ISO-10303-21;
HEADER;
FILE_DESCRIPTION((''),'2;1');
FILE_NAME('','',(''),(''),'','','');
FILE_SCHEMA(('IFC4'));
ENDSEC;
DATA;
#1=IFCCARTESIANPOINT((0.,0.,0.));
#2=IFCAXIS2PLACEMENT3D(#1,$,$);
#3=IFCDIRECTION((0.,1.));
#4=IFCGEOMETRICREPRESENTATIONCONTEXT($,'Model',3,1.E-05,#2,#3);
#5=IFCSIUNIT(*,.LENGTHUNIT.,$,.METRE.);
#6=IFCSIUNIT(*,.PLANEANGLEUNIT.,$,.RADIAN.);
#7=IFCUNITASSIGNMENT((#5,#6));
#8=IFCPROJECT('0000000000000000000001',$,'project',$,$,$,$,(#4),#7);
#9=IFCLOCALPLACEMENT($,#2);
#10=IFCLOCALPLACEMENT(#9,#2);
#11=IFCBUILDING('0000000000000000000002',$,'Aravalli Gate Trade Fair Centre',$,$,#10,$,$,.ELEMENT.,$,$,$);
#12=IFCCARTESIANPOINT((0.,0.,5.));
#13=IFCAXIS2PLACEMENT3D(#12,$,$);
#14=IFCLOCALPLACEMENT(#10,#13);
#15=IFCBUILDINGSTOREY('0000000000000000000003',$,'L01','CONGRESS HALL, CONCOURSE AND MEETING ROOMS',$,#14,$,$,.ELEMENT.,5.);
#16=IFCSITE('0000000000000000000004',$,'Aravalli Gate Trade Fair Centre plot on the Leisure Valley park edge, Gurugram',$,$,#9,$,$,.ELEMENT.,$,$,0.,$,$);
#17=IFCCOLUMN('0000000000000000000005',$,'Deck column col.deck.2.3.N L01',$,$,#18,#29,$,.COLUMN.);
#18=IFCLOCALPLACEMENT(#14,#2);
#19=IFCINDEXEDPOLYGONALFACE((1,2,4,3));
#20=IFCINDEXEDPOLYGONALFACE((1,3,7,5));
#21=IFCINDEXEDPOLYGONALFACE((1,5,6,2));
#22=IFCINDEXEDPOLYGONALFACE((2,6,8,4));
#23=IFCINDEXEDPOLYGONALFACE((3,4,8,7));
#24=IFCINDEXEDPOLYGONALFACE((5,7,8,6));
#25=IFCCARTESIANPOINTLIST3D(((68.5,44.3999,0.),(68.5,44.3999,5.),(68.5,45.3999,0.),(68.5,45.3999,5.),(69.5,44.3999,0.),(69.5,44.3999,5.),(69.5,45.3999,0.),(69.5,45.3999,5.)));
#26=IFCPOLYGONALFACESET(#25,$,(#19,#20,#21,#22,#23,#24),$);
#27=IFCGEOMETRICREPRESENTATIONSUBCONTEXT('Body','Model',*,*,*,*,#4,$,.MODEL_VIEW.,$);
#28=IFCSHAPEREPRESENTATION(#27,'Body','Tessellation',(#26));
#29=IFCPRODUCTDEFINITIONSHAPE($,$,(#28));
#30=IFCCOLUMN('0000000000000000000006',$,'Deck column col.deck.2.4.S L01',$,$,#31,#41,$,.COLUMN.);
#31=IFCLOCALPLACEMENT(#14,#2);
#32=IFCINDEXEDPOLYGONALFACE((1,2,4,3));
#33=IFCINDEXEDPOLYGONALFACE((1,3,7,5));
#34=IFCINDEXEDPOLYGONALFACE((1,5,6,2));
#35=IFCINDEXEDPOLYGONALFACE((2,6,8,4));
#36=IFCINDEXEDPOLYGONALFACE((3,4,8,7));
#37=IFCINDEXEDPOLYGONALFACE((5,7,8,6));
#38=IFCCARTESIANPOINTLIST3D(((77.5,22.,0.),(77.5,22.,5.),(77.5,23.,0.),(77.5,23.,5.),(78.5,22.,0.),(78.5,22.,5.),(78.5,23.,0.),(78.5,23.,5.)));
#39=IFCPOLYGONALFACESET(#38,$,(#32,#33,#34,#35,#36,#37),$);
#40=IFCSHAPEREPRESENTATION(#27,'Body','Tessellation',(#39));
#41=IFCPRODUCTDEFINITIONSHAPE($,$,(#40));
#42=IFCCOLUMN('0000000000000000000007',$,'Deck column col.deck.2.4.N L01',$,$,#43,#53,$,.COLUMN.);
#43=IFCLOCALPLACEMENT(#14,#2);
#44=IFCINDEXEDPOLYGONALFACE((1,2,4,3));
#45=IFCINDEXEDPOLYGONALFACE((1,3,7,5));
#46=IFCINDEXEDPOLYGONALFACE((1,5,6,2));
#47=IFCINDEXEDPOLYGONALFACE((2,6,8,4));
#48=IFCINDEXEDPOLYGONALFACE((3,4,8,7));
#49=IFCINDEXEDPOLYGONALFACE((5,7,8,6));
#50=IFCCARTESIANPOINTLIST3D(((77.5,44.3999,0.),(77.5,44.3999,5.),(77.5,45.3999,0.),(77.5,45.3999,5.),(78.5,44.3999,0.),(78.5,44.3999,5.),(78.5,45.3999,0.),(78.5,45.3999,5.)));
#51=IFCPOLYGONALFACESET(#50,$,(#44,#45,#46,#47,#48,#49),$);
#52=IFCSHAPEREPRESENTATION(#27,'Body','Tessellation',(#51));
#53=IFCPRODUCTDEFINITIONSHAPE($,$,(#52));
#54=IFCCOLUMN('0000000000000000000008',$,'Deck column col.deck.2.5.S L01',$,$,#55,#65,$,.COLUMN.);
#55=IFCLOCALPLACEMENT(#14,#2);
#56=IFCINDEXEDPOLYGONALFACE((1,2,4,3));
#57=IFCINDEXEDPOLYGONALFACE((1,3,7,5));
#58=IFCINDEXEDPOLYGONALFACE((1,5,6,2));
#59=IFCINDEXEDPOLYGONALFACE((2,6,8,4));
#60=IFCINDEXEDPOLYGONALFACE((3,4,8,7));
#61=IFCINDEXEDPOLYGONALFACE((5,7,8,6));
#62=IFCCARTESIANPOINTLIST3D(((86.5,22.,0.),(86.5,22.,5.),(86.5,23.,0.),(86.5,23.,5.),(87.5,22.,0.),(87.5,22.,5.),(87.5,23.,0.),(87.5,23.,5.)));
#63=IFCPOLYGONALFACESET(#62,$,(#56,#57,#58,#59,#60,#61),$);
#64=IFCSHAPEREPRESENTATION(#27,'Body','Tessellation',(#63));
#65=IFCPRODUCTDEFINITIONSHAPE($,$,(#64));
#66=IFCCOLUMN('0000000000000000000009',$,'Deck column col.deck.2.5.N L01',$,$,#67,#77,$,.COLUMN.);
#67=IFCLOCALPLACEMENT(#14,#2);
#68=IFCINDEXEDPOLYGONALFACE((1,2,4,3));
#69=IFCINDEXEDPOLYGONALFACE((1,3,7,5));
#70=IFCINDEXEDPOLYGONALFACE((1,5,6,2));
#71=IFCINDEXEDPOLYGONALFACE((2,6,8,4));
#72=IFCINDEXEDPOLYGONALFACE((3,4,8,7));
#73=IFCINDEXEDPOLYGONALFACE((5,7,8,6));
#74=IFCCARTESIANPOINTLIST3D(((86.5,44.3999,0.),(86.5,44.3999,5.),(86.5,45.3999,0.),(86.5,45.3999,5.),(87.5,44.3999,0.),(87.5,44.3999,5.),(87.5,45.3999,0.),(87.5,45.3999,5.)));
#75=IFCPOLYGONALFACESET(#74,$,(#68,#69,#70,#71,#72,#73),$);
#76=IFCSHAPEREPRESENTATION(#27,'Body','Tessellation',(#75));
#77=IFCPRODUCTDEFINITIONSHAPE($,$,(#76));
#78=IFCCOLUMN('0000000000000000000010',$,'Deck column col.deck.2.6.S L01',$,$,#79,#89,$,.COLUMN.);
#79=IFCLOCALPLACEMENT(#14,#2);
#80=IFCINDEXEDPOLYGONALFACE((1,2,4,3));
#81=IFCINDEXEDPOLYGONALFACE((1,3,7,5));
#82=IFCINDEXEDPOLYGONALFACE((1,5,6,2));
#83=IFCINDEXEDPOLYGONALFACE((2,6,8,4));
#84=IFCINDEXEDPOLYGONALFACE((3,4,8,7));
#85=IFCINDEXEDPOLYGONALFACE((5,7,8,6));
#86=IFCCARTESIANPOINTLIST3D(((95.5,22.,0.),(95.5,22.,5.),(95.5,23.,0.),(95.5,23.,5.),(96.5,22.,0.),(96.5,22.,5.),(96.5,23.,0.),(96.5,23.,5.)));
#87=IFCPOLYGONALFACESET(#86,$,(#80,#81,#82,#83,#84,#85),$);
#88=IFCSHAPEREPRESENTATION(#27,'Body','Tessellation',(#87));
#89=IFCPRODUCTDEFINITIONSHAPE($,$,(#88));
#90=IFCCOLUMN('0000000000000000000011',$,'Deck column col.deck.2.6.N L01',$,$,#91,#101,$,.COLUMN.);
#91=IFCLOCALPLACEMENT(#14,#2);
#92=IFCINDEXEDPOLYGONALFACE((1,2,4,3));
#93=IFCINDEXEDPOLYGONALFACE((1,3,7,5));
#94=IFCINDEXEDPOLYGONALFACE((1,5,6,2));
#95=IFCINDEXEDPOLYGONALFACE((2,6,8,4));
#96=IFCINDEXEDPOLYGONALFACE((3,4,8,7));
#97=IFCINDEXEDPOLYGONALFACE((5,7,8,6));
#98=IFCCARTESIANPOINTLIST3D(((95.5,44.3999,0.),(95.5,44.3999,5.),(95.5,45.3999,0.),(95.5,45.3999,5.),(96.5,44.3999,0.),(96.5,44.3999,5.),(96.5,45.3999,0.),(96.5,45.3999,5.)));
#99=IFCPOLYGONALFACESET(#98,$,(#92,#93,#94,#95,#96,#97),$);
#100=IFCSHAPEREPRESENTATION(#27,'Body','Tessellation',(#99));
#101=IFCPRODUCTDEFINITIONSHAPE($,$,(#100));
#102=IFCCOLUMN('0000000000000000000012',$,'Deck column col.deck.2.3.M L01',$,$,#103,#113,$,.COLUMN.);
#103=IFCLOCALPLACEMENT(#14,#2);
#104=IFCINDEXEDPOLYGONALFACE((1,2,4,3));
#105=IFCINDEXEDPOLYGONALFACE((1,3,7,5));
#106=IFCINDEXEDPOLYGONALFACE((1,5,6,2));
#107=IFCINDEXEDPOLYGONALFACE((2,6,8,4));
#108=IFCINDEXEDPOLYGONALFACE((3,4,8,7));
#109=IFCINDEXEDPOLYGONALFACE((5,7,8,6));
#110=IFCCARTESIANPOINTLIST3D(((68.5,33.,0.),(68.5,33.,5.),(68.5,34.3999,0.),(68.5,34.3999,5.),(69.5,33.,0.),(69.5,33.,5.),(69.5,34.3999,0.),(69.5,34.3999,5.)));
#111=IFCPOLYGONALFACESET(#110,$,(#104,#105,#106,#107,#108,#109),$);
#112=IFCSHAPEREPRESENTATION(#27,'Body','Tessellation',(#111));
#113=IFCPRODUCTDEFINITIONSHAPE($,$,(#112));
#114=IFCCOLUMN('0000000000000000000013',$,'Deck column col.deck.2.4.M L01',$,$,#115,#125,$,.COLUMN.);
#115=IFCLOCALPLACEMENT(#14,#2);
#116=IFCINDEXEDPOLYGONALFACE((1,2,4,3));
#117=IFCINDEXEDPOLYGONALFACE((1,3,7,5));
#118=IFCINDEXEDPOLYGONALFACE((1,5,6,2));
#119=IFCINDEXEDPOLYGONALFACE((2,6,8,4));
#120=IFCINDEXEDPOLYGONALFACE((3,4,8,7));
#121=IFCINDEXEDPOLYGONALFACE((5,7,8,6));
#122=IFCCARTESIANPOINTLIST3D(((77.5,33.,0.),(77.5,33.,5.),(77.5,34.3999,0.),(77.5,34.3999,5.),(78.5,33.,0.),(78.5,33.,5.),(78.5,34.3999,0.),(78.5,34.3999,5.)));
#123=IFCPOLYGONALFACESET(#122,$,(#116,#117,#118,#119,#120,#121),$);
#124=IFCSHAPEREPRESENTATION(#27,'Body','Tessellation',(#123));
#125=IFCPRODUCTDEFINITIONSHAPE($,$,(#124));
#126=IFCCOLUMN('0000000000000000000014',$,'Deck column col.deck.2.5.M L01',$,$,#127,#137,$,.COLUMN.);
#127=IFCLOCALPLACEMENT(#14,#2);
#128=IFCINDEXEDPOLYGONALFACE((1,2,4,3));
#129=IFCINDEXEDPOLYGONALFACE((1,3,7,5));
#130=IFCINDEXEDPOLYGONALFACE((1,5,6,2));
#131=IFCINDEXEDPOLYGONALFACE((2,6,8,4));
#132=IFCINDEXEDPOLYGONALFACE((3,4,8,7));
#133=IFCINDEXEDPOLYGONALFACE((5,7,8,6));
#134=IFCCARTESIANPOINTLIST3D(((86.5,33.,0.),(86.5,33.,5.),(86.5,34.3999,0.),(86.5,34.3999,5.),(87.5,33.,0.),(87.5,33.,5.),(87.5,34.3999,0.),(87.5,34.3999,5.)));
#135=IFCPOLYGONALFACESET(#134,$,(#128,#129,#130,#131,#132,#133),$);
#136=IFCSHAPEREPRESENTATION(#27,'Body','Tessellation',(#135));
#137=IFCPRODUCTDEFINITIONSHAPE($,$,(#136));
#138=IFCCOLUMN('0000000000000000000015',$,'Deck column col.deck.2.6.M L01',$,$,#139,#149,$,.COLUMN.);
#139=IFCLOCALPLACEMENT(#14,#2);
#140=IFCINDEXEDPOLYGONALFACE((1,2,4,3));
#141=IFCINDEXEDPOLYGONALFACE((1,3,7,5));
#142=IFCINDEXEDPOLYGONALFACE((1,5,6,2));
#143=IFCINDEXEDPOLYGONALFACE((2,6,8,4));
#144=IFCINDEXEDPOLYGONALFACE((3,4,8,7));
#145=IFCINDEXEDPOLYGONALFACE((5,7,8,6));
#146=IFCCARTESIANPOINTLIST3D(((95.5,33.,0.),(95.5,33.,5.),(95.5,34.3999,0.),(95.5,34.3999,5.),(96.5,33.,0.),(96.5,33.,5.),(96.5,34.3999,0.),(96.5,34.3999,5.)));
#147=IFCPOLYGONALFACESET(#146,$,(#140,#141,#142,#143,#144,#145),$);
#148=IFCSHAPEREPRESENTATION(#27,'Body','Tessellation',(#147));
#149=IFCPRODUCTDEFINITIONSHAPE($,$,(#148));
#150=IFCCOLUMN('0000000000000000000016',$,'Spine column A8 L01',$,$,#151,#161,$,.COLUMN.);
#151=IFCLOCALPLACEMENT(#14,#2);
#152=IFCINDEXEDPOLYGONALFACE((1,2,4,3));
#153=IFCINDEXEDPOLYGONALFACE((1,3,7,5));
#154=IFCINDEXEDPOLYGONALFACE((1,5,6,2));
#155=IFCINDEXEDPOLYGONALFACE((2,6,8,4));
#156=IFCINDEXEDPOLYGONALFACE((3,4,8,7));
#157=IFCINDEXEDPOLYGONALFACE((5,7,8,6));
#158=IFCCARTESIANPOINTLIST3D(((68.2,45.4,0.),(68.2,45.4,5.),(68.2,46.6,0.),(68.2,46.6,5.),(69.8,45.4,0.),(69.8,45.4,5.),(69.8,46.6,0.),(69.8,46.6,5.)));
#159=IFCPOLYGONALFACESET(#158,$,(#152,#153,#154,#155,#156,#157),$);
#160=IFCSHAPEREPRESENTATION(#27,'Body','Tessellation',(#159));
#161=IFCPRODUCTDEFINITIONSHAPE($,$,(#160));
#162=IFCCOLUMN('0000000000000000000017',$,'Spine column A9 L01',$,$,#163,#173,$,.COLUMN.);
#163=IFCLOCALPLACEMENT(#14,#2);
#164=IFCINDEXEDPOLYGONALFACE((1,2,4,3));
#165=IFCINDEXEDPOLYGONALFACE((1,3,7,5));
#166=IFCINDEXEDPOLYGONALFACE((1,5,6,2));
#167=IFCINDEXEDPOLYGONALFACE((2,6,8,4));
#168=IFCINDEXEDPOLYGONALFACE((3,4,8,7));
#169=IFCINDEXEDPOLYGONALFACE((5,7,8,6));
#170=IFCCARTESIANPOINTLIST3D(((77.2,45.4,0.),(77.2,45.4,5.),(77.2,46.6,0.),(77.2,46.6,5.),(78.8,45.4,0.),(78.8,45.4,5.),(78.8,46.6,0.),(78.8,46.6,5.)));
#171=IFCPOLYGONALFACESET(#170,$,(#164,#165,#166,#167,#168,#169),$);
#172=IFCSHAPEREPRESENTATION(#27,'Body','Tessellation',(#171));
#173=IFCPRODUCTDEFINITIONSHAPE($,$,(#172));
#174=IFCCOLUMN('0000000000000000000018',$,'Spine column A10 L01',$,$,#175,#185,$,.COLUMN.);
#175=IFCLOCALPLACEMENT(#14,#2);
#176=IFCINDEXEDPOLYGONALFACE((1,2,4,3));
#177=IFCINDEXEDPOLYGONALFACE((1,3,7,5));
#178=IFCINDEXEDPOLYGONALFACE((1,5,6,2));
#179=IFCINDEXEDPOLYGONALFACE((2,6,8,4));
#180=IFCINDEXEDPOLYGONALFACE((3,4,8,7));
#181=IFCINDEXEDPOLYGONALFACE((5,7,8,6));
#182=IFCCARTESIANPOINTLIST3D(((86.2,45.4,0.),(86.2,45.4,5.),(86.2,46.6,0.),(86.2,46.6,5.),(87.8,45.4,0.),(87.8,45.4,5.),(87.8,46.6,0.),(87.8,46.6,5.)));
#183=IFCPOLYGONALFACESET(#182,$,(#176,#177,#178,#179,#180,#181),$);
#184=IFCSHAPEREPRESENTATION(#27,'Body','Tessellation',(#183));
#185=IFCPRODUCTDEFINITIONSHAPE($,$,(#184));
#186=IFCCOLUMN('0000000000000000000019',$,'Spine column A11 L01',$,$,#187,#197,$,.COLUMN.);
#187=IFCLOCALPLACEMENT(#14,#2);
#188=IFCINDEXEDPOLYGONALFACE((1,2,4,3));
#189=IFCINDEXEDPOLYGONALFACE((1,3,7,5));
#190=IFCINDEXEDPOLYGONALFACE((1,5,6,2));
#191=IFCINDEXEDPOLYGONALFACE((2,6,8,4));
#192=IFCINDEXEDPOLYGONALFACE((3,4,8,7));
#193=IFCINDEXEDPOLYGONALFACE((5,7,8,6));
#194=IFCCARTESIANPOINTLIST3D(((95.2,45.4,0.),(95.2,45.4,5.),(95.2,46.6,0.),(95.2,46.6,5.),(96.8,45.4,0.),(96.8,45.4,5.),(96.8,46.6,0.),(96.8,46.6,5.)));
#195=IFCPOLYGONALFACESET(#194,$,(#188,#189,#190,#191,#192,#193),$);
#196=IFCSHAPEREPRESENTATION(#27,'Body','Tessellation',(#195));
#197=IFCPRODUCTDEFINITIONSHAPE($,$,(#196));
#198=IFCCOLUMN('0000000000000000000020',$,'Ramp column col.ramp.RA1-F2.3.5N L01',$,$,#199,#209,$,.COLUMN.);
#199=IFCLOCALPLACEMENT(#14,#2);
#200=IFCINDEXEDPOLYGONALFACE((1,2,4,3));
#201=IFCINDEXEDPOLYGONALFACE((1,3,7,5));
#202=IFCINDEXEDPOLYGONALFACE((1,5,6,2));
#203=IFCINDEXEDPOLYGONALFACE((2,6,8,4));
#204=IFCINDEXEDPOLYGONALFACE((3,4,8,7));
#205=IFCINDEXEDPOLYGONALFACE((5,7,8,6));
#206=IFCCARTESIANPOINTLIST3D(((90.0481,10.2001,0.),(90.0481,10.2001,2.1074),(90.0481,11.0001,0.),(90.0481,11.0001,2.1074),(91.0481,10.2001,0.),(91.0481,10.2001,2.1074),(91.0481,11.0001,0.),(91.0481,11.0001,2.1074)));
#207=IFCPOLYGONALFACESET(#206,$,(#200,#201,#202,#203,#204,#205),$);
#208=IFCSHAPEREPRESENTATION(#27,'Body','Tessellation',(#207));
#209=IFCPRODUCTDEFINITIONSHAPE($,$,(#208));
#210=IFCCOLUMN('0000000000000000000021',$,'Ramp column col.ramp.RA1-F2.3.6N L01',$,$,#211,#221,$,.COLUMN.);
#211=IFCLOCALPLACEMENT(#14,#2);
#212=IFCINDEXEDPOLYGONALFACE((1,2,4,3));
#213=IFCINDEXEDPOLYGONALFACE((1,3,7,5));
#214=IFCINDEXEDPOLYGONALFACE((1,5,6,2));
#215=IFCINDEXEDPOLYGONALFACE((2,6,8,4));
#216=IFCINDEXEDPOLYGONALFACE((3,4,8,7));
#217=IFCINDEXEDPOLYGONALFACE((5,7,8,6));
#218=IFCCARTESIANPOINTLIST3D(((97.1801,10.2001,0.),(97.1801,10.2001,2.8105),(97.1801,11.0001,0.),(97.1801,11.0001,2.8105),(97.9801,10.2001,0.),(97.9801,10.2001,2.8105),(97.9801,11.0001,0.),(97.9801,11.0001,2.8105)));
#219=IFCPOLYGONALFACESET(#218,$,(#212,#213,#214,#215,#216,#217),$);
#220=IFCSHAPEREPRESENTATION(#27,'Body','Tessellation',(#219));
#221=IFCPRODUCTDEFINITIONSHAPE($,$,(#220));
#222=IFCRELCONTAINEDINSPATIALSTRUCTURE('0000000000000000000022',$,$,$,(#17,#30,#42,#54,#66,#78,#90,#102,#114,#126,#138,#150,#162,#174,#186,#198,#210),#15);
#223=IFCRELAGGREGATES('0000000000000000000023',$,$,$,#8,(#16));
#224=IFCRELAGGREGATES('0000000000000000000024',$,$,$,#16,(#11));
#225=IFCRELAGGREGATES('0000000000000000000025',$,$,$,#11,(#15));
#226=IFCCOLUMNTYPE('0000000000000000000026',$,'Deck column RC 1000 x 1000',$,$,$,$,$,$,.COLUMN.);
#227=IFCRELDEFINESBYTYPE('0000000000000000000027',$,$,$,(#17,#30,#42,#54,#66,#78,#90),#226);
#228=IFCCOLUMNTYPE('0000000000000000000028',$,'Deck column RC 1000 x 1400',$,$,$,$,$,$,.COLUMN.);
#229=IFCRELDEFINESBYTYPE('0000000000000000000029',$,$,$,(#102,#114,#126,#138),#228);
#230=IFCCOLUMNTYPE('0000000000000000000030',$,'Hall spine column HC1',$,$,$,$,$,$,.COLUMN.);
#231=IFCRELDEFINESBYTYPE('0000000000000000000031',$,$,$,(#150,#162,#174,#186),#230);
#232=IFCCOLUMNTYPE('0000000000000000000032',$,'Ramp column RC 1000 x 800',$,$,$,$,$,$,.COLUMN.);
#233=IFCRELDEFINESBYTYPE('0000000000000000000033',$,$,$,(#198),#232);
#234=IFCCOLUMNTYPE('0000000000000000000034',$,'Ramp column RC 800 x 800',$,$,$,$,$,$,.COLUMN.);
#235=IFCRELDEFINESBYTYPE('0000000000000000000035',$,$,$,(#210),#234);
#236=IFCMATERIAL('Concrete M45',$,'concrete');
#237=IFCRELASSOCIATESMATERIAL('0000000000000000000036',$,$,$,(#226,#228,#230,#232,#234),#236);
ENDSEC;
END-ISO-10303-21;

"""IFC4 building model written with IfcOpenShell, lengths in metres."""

from ifc_helpers import new_model, si_unit, direction, frame, origin, origin_2d, place, context, subcontext, project, spatial, rectangle, extrude, material, material_profile, profile_set, type_object, element, save


model = new_model("IFC4")

# Units and contexts
model_context = context("Model", 3, precision=1e-05, world=origin(), true_north=direction((0.0, 1.0)))
body_context = subcontext(model_context, "Body", "Model", "MODEL_VIEW")
ifc_project = project(units=[si_unit("LENGTHUNIT", "METRE"), si_unit("PLANEANGLEUNIT", "RADIAN")], contexts=[model_context])

# Site, building, storey
site_placement = place(None, origin())
site = spatial("IfcSite", under=ifc_project, at=site_placement, Name="Aravalli Gate Trade Fair Centre plot on the Leisure Valley park edge, Gurugram", CompositionType="ELEMENT", RefElevation=0.0)
building_placement = place(site_placement, origin())
building = spatial("IfcBuilding", under=site, at=building_placement, Name="Aravalli Gate Trade Fair Centre", CompositionType="ELEMENT")
storey_placement = place(building_placement, frame((0.0, 0.0, 5.0)))
storey = spatial("IfcBuildingStorey", under=building, at=storey_placement, Name="L01", Description="CONGRESS HALL, CONCOURSE AND MEETING ROOMS", CompositionType="ELEMENT", Elevation=5.0)

# Columns
ifc_material_1 = material(Name="Concrete M45", Category="concrete")
ifc_material_profile_1 = material_profile(ifc_material_1, rectangle(XDim=1.0, YDim=1.0, at=origin_2d()), Name="Deck column RC 1000 x 1000")
ifc_profile_set_1 = profile_set([ifc_material_profile_1], Name="Concrete M45")
column_type_1 = type_object("IfcColumnType", Name="Deck column RC 1000 x 1000", PredefinedType="COLUMN", material=ifc_profile_set_1)
for number, where, z_axis, x_axis, name in (
    (1, (69.0, 44.8999, 0.0), (0.0, 0.0, 1.0), (1.0, 0.0, 0.0), "Deck column col.deck.2.3.N L01"),
    (2, (78.0, 22.5, 0.0), (0.0, 0.0, 1.0), (1.0, 0.0, 0.0), "Deck column col.deck.2.4.S L01"),
    (3, (78.0, 44.8999, 0.0), (0.0, 0.0, 1.0), (1.0, 0.0, 0.0), "Deck column col.deck.2.4.N L01"),
    (4, (87.0, 22.5, 0.0), (0.0, 0.0, 1.0), (1.0, 0.0, 0.0), "Deck column col.deck.2.5.S L01"),
    (5, (87.0, 44.8999, 0.0), (0.0, 0.0, 1.0), (1.0, 0.0, 0.0), "Deck column col.deck.2.5.N L01"),
    (6, (96.0, 22.5, 0.0), (0.0, 0.0, 1.0), (1.0, 0.0, 0.0), "Deck column col.deck.2.6.S L01"),
    (7, (96.0, 44.8999, 0.0), (0.0, 0.0, 1.0), (1.0, 0.0, 0.0), "Deck column col.deck.2.6.N L01"),
):
    element("IfcColumn", number, at=place(storey_placement, frame(where, z_axis=z_axis, x_axis=x_axis)), inside=storey, type_object=column_type_1, Name=name, PredefinedType="COLUMN", context=body_context, shape_type="SweptSolid", body=[
        extrude(rectangle(XDim=1.0, YDim=1.0, at=origin_2d()), origin(), (0.0, 0.0, 1.0), 5.0),
    ])
ifc_material_profile_2 = material_profile(ifc_material_1, rectangle(XDim=1.0, YDim=1.3999, at=origin_2d()), Name="Deck column RC 1000 x 1400")
ifc_profile_set_2 = profile_set([ifc_material_profile_2], Name="Concrete M45")
column_type_2 = type_object("IfcColumnType", Name="Deck column RC 1000 x 1400", PredefinedType="COLUMN", material=ifc_profile_set_2)
for number, where, z_axis, x_axis, name in (
    (8, (69.0, 33.7, 0.0), (0.0, 0.0, 1.0), (1.0, 0.0, 0.0), "Deck column col.deck.2.3.M L01"),
    (9, (78.0, 33.7, 0.0), (0.0, 0.0, 1.0), (1.0, 0.0, 0.0), "Deck column col.deck.2.4.M L01"),
    (10, (87.0, 33.7, 0.0), (0.0, 0.0, 1.0), (1.0, 0.0, 0.0), "Deck column col.deck.2.5.M L01"),
    (11, (96.0, 33.7, 0.0), (0.0, 0.0, 1.0), (1.0, 0.0, 0.0), "Deck column col.deck.2.6.M L01"),
):
    element("IfcColumn", number, at=place(storey_placement, frame(where, z_axis=z_axis, x_axis=x_axis)), inside=storey, type_object=column_type_2, Name=name, PredefinedType="COLUMN", context=body_context, shape_type="SweptSolid", body=[
        extrude(rectangle(XDim=1.0, YDim=1.3999, at=origin_2d()), origin(), (0.0, 0.0, 1.0), 5.0),
    ])
ifc_material_profile_3 = material_profile(ifc_material_1, rectangle(XDim=1.6001, YDim=1.2, at=origin_2d()), Name="RC 1600x1200")
ifc_profile_set_3 = profile_set([ifc_material_profile_3], Name="Concrete M45")
column_type_3 = type_object("IfcColumnType", Name="Hall spine column HC1", PredefinedType="COLUMN", material=ifc_profile_set_3)
for number, where, z_axis, x_axis, name in (
    (12, (69.0, 46.0, 0.0), (0.0, 0.0, 1.0), (1.0, 0.0, 0.0), "Spine column A8 L01"),
    (13, (78.0, 46.0, 0.0), (0.0, 0.0, 1.0), (1.0, 0.0, 0.0), "Spine column A9 L01"),
    (14, (87.0, 46.0, 0.0), (0.0, 0.0, 1.0), (1.0, 0.0, 0.0), "Spine column A10 L01"),
    (15, (96.0, 46.0, 0.0), (0.0, 0.0, 1.0), (1.0, 0.0, 0.0), "Spine column A11 L01"),
):
    element("IfcColumn", number, at=place(storey_placement, frame(where, z_axis=z_axis, x_axis=x_axis)), inside=storey, type_object=column_type_3, Name=name, PredefinedType="COLUMN", context=body_context, shape_type="SweptSolid", body=[
        extrude(rectangle(XDim=1.6001, YDim=1.2, at=origin_2d()), origin(), (0.0, 0.0, 1.0), 5.0),
    ])
ifc_material_profile_4 = material_profile(ifc_material_1, rectangle(XDim=1.0, YDim=0.8, at=origin_2d()), Name="Ramp column RC 1000 x 800")
ifc_profile_set_4 = profile_set([ifc_material_profile_4], Name="Concrete M45")
column_type_4 = type_object("IfcColumnType", Name="Ramp column RC 1000 x 800", PredefinedType="COLUMN", material=ifc_profile_set_4)
column_1_placement = place(storey_placement, frame((90.5481, 10.6001, 0.0), z_axis=(0.0, 0.0, 1.0), x_axis=(1.0, 0.0, 0.0)))
element("IfcColumn", 16, at=column_1_placement, inside=storey, type_object=column_type_4, Name="Ramp column col.ramp.RA1-F2.3.5N L01", PredefinedType="COLUMN", context=body_context, shape_type="SweptSolid", body=[
    extrude(rectangle(XDim=1.0, YDim=0.8, at=origin_2d()), origin(), (0.0, 0.0, 1.0), 2.1074),
])
ifc_material_profile_5 = material_profile(ifc_material_1, rectangle(XDim=0.8, YDim=0.8, at=origin_2d()), Name="Ramp column RC 800 x 800")
ifc_profile_set_5 = profile_set([ifc_material_profile_5], Name="Concrete M45")
column_type_5 = type_object("IfcColumnType", Name="Ramp column RC 800 x 800", PredefinedType="COLUMN", material=ifc_profile_set_5)
column_2_placement = place(storey_placement, frame((97.5801, 10.6001, 0.0), z_axis=(0.0, 0.0, 1.0), x_axis=(1.0, 0.0, 0.0)))
element("IfcColumn", 17, at=column_2_placement, inside=storey, type_object=column_type_5, Name="Ramp column col.ramp.RA1-F2.3.6N L01", PredefinedType="COLUMN", context=body_context, shape_type="SweptSolid", body=[
    extrude(rectangle(XDim=0.8, YDim=0.8, at=origin_2d()), origin(), (0.0, 0.0, 1.0), 2.8105),
])

save(model, "model.ifc")
